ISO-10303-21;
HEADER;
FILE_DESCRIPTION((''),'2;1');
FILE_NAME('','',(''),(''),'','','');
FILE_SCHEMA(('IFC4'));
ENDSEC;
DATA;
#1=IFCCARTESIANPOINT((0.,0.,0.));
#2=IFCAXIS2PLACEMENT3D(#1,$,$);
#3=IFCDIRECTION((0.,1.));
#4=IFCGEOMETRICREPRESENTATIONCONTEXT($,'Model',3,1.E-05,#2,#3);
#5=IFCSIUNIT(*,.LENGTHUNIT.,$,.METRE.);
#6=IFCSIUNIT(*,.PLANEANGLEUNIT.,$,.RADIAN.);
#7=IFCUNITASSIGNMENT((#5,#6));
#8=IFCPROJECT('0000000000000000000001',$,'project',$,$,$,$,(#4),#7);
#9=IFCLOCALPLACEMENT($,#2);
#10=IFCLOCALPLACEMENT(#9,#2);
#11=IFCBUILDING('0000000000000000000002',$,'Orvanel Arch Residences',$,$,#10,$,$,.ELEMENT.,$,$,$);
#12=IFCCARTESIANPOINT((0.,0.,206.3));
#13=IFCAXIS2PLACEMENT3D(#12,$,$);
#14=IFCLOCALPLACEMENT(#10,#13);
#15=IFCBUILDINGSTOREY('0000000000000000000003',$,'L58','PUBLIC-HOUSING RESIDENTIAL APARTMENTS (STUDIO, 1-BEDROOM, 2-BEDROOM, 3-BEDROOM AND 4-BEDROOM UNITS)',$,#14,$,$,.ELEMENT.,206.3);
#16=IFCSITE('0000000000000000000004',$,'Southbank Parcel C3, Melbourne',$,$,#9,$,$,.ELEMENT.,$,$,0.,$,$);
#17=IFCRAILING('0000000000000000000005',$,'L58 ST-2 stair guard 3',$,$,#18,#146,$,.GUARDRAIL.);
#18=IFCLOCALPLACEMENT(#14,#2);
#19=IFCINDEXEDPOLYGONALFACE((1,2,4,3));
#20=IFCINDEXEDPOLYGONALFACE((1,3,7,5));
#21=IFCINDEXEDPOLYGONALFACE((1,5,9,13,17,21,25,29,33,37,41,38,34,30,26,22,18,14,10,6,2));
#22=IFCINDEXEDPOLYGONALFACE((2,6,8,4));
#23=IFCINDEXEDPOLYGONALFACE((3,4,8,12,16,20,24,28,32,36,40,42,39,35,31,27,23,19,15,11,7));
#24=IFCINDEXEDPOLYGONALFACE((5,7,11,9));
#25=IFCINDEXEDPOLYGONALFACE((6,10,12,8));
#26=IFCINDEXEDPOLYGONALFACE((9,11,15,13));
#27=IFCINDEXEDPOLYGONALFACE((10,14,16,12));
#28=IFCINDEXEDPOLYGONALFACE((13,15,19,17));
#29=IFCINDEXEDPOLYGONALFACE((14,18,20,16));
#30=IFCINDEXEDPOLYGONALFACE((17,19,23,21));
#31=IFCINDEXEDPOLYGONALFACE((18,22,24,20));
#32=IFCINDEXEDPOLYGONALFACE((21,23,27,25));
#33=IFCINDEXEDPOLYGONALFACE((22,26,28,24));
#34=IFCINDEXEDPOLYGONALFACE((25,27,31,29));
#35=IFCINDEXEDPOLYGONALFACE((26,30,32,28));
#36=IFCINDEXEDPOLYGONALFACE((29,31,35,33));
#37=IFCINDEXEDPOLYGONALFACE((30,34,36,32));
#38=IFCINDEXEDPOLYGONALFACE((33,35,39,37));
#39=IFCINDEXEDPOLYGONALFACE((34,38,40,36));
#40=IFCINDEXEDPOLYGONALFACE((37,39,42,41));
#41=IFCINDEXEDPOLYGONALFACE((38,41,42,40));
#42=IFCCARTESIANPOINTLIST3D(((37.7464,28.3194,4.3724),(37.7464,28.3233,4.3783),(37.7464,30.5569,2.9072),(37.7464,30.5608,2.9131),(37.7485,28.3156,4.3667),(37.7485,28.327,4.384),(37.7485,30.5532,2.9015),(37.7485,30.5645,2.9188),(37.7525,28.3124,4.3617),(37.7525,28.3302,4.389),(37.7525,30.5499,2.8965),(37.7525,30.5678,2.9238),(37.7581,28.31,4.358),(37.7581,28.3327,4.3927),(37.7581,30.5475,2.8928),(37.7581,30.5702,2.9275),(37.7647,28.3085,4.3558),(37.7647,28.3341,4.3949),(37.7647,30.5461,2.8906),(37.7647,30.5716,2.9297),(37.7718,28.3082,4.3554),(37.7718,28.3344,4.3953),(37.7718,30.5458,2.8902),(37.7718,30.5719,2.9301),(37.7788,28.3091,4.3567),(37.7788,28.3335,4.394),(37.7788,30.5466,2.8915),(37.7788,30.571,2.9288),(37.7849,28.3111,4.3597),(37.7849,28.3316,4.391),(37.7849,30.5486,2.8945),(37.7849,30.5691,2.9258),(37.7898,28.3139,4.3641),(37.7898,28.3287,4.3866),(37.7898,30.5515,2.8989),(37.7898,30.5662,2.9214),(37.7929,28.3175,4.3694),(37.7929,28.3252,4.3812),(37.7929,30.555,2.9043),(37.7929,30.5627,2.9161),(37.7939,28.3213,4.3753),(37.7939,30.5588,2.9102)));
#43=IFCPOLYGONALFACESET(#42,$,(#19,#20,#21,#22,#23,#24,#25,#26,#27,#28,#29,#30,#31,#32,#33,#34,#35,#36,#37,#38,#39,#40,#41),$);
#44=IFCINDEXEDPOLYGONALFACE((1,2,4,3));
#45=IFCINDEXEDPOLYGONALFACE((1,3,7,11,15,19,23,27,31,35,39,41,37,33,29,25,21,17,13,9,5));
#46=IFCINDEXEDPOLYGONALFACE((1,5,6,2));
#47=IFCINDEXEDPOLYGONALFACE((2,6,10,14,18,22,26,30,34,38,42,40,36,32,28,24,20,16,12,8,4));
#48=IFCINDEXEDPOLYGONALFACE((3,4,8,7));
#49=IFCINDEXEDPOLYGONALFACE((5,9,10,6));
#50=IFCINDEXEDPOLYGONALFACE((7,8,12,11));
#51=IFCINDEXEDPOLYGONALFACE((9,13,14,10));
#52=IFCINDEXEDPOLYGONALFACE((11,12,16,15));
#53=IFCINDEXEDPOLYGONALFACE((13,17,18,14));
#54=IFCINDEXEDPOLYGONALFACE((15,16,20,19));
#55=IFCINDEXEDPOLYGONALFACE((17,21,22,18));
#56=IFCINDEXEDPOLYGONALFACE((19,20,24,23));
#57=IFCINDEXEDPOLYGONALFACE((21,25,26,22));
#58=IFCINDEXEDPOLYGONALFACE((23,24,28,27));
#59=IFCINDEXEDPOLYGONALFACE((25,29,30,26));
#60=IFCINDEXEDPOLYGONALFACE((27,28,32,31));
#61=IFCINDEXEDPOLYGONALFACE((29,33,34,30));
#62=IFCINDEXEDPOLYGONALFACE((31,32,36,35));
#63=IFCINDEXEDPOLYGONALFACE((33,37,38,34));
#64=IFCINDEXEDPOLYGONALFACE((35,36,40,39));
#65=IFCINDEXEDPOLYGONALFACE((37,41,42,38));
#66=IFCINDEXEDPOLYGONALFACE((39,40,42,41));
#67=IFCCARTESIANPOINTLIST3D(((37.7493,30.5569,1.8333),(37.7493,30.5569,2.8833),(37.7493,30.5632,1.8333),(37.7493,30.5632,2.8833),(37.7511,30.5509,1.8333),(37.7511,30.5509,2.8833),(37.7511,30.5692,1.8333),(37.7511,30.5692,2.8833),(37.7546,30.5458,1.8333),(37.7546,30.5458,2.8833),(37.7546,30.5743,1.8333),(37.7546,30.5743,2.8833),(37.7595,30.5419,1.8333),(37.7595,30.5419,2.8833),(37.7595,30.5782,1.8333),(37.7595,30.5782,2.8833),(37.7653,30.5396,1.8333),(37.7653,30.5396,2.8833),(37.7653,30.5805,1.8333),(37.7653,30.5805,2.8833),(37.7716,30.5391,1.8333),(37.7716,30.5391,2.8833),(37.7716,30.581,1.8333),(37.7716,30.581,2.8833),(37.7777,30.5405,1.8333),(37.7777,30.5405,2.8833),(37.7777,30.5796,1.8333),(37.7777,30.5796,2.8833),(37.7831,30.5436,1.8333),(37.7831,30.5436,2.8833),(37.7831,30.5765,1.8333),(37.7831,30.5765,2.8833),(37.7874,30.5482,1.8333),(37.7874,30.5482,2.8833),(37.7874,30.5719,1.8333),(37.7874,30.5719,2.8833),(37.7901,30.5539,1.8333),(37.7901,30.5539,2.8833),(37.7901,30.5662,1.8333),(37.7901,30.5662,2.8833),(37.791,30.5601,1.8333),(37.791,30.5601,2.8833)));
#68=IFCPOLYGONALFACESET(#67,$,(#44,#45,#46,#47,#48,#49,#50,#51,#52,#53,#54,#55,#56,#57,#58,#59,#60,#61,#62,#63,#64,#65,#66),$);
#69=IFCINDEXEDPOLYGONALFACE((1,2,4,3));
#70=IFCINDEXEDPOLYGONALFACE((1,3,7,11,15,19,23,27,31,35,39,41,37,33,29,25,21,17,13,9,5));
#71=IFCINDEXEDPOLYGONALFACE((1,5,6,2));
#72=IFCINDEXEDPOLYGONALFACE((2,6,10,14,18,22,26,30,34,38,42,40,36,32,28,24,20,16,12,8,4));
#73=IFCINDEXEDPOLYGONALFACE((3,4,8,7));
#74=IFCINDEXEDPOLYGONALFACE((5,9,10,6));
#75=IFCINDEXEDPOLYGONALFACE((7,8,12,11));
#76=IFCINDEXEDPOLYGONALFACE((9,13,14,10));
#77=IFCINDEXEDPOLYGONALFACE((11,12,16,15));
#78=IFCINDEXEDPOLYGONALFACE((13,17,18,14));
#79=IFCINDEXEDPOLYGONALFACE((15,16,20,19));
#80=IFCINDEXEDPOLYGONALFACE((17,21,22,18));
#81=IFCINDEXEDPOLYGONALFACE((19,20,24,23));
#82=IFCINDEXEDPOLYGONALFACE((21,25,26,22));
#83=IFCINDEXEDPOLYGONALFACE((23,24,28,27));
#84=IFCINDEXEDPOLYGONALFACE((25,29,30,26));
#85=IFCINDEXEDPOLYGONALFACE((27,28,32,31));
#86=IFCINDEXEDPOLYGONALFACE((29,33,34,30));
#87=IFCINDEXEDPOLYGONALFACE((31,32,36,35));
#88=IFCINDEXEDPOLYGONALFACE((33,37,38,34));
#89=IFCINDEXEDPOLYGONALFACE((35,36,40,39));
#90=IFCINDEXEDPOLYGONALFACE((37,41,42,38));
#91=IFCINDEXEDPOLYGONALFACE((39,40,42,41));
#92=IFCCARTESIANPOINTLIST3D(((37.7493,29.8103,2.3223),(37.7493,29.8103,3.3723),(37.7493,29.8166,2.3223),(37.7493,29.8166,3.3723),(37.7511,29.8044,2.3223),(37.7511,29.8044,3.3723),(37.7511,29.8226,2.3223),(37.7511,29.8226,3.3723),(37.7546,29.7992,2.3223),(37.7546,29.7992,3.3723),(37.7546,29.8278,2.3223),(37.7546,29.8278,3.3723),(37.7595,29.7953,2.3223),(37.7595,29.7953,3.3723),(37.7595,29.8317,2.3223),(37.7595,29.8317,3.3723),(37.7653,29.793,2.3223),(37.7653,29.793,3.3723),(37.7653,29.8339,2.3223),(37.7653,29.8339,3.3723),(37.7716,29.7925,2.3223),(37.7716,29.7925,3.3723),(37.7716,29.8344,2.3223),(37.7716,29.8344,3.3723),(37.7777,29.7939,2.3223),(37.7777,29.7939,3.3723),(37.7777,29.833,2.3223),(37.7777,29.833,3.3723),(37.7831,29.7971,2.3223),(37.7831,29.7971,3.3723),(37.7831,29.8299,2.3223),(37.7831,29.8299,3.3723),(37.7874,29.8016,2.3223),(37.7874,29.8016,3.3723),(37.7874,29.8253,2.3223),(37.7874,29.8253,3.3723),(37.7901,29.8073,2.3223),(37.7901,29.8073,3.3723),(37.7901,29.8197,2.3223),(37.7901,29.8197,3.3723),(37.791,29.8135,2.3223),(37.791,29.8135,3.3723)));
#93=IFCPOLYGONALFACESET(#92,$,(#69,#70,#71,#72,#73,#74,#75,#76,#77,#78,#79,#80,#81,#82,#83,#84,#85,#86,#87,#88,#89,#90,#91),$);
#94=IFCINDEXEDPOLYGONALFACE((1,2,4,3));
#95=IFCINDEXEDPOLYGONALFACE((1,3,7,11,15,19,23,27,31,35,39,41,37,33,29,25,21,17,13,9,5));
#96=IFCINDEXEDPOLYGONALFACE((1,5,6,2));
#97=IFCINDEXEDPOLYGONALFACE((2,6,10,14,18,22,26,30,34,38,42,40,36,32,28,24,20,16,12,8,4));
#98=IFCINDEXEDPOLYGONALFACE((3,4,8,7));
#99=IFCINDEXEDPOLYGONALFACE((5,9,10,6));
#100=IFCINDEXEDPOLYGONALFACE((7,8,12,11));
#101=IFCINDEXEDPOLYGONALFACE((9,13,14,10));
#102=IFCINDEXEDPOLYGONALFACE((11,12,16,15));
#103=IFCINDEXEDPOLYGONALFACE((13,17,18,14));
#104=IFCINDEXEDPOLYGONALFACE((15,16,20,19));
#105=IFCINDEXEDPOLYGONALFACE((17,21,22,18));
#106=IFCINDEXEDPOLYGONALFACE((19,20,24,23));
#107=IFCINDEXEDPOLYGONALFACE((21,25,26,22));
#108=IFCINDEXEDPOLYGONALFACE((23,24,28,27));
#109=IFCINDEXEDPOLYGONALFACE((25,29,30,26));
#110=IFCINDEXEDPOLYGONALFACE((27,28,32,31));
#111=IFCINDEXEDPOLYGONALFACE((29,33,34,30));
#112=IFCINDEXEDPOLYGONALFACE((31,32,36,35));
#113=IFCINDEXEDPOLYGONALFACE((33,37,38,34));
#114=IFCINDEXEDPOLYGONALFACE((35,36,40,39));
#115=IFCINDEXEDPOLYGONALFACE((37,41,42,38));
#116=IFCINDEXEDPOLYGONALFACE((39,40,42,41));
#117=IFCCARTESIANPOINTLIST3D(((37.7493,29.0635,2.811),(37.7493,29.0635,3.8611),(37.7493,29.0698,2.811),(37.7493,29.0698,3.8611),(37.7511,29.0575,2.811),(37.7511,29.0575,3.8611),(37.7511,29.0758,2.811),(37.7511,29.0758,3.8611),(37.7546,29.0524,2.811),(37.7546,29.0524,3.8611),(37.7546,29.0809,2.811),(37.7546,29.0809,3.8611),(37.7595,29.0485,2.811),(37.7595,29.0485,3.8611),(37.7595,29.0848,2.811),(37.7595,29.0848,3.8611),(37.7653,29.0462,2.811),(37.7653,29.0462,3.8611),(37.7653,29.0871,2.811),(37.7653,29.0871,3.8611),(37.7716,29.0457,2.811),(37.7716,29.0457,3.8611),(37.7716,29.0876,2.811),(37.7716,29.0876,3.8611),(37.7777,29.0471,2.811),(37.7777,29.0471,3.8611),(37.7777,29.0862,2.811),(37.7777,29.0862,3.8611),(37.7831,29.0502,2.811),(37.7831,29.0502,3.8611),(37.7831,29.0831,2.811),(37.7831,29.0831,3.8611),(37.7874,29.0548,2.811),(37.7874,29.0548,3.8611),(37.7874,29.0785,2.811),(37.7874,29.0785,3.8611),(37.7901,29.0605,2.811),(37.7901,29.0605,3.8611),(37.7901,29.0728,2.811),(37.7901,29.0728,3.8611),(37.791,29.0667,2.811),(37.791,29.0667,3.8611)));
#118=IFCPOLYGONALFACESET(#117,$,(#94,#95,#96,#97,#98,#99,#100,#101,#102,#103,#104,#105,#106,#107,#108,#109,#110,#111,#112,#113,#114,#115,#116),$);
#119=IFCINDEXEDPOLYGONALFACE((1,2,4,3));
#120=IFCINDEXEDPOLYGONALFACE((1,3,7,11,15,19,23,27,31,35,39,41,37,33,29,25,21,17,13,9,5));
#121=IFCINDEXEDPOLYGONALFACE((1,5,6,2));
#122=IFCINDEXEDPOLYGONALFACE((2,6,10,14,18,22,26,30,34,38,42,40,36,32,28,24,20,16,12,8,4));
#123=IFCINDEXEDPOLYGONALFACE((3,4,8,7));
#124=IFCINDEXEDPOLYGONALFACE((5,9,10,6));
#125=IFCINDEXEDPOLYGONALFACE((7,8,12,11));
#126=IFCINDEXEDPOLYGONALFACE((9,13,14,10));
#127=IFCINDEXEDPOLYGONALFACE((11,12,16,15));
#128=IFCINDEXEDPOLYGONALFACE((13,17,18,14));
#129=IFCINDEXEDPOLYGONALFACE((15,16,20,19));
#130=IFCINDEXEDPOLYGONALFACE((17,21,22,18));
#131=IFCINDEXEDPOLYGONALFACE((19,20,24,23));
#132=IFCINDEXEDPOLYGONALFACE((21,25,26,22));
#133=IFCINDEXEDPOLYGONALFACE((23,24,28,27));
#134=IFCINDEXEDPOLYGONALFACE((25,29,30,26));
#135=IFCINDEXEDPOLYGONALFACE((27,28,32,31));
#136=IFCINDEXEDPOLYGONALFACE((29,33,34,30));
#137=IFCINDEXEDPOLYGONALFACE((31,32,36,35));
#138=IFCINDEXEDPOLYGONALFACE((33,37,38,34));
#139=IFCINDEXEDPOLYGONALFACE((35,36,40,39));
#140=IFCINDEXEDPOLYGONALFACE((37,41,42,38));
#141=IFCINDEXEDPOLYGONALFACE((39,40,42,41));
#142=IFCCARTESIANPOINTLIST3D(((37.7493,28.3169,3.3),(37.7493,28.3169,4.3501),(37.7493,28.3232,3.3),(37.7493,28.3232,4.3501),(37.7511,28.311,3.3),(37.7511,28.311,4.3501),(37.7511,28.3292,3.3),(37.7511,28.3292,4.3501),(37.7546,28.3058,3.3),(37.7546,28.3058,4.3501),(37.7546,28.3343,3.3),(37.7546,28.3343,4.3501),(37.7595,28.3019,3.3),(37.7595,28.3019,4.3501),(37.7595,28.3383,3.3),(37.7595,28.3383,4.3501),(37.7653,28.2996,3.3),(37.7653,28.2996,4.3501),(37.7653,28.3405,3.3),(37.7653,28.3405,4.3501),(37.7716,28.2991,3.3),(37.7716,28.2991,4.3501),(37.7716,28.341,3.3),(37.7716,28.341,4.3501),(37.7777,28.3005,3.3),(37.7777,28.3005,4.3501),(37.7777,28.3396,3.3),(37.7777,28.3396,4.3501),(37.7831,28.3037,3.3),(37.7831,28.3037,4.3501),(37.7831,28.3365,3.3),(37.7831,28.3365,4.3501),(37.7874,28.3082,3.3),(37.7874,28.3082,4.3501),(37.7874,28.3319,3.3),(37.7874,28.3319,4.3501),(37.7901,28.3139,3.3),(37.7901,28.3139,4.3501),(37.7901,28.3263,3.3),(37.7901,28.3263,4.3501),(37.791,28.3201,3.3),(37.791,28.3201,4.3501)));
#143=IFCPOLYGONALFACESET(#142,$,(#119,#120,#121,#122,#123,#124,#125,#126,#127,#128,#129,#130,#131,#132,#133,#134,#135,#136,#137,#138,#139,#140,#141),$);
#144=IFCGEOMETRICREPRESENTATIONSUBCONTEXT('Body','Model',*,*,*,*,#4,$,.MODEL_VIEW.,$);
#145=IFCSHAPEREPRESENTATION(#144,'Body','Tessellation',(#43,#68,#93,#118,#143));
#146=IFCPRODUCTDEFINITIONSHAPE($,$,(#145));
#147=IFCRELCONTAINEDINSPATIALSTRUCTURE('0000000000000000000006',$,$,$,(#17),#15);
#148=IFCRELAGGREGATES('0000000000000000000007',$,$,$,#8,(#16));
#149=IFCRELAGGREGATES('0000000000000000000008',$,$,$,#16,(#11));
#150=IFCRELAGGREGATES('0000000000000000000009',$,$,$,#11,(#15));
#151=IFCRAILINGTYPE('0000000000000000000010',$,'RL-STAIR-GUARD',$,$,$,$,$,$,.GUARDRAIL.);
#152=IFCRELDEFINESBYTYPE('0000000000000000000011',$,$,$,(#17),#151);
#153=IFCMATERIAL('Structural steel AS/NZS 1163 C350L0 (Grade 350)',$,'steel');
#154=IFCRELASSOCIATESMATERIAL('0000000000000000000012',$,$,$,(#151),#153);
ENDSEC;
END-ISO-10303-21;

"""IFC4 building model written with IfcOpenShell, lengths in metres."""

from ifc_helpers import new_model, si_unit, direction, frame, origin, origin_2d, place, context, subcontext, project, spatial, circle, extrude, material, type_object, element, save


model = new_model("IFC4")

# Units and contexts
model_context = context("Model", 3, precision=1e-05, world=origin(), true_north=direction((0.0, 1.0)))
body_context = subcontext(model_context, "Body", "Model", "MODEL_VIEW")
ifc_project = project(units=[si_unit("LENGTHUNIT", "METRE"), si_unit("PLANEANGLEUNIT", "RADIAN")], contexts=[model_context])

# Site, building, storey
site_placement = place(None, origin())
site = spatial("IfcSite", under=ifc_project, at=site_placement, Name="Southbank Parcel C3, Melbourne", CompositionType="ELEMENT", RefElevation=0.0)
building_placement = place(site_placement, origin())
building = spatial("IfcBuilding", under=site, at=building_placement, Name="Orvanel Arch Residences", CompositionType="ELEMENT")
storey_placement = place(building_placement, frame((0.0, 0.0, 206.3)))
storey = spatial("IfcBuildingStorey", under=building, at=storey_placement, Name="L58", Description="PUBLIC-HOUSING RESIDENTIAL APARTMENTS (STUDIO, 1-BEDROOM, 2-BEDROOM, 3-BEDROOM AND 4-BEDROOM UNITS)", CompositionType="ELEMENT", Elevation=206.3)

# Railing
ifc_material_1 = material(Name="Structural steel AS/NZS 1163 C350L0 (Grade 350)", Category="steel")
railing_type_1 = type_object("IfcRailingType", Name="RL-STAIR-GUARD", PredefinedType="GUARDRAIL", material=ifc_material_1)
railing_1_placement = place(storey_placement, frame((37.77, 30.5601, 1.8333)))
element("IfcRailing", 1, at=railing_1_placement, inside=storey, type_object=railing_type_1, Name="L58 ST-2 stair guard 3", PredefinedType="GUARDRAIL", context=body_context, shape_type="SweptSolid", body=[
    extrude(circle(Radius=0.0239, at=origin_2d()), frame((0.0, -0.0012, 1.0769), z_axis=(0.0, -0.836595, 0.547822), x_axis=(1.0, 0.0, 0.0)), (0.0, 0.0, 1.0), 2.6746),
    extrude(circle(Radius=0.021, at=origin_2d()), origin(), (0.0, 0.0, 1.0), 1.05),
    extrude(circle(Radius=0.021, at=origin_2d()), frame((0.0, -0.7466, 0.489)), (0.0, 0.0, 1.0), 1.05),
    extrude(circle(Radius=0.021, at=origin_2d()), frame((0.0, -1.4934, 0.9778)), (0.0, 0.0, 1.0), 1.05),
    extrude(circle(Radius=0.021, at=origin_2d()), frame((0.0, -2.24, 1.4668)), (0.0, 0.0, 1.0), 1.05),
])

save(model, "model.ifc")
